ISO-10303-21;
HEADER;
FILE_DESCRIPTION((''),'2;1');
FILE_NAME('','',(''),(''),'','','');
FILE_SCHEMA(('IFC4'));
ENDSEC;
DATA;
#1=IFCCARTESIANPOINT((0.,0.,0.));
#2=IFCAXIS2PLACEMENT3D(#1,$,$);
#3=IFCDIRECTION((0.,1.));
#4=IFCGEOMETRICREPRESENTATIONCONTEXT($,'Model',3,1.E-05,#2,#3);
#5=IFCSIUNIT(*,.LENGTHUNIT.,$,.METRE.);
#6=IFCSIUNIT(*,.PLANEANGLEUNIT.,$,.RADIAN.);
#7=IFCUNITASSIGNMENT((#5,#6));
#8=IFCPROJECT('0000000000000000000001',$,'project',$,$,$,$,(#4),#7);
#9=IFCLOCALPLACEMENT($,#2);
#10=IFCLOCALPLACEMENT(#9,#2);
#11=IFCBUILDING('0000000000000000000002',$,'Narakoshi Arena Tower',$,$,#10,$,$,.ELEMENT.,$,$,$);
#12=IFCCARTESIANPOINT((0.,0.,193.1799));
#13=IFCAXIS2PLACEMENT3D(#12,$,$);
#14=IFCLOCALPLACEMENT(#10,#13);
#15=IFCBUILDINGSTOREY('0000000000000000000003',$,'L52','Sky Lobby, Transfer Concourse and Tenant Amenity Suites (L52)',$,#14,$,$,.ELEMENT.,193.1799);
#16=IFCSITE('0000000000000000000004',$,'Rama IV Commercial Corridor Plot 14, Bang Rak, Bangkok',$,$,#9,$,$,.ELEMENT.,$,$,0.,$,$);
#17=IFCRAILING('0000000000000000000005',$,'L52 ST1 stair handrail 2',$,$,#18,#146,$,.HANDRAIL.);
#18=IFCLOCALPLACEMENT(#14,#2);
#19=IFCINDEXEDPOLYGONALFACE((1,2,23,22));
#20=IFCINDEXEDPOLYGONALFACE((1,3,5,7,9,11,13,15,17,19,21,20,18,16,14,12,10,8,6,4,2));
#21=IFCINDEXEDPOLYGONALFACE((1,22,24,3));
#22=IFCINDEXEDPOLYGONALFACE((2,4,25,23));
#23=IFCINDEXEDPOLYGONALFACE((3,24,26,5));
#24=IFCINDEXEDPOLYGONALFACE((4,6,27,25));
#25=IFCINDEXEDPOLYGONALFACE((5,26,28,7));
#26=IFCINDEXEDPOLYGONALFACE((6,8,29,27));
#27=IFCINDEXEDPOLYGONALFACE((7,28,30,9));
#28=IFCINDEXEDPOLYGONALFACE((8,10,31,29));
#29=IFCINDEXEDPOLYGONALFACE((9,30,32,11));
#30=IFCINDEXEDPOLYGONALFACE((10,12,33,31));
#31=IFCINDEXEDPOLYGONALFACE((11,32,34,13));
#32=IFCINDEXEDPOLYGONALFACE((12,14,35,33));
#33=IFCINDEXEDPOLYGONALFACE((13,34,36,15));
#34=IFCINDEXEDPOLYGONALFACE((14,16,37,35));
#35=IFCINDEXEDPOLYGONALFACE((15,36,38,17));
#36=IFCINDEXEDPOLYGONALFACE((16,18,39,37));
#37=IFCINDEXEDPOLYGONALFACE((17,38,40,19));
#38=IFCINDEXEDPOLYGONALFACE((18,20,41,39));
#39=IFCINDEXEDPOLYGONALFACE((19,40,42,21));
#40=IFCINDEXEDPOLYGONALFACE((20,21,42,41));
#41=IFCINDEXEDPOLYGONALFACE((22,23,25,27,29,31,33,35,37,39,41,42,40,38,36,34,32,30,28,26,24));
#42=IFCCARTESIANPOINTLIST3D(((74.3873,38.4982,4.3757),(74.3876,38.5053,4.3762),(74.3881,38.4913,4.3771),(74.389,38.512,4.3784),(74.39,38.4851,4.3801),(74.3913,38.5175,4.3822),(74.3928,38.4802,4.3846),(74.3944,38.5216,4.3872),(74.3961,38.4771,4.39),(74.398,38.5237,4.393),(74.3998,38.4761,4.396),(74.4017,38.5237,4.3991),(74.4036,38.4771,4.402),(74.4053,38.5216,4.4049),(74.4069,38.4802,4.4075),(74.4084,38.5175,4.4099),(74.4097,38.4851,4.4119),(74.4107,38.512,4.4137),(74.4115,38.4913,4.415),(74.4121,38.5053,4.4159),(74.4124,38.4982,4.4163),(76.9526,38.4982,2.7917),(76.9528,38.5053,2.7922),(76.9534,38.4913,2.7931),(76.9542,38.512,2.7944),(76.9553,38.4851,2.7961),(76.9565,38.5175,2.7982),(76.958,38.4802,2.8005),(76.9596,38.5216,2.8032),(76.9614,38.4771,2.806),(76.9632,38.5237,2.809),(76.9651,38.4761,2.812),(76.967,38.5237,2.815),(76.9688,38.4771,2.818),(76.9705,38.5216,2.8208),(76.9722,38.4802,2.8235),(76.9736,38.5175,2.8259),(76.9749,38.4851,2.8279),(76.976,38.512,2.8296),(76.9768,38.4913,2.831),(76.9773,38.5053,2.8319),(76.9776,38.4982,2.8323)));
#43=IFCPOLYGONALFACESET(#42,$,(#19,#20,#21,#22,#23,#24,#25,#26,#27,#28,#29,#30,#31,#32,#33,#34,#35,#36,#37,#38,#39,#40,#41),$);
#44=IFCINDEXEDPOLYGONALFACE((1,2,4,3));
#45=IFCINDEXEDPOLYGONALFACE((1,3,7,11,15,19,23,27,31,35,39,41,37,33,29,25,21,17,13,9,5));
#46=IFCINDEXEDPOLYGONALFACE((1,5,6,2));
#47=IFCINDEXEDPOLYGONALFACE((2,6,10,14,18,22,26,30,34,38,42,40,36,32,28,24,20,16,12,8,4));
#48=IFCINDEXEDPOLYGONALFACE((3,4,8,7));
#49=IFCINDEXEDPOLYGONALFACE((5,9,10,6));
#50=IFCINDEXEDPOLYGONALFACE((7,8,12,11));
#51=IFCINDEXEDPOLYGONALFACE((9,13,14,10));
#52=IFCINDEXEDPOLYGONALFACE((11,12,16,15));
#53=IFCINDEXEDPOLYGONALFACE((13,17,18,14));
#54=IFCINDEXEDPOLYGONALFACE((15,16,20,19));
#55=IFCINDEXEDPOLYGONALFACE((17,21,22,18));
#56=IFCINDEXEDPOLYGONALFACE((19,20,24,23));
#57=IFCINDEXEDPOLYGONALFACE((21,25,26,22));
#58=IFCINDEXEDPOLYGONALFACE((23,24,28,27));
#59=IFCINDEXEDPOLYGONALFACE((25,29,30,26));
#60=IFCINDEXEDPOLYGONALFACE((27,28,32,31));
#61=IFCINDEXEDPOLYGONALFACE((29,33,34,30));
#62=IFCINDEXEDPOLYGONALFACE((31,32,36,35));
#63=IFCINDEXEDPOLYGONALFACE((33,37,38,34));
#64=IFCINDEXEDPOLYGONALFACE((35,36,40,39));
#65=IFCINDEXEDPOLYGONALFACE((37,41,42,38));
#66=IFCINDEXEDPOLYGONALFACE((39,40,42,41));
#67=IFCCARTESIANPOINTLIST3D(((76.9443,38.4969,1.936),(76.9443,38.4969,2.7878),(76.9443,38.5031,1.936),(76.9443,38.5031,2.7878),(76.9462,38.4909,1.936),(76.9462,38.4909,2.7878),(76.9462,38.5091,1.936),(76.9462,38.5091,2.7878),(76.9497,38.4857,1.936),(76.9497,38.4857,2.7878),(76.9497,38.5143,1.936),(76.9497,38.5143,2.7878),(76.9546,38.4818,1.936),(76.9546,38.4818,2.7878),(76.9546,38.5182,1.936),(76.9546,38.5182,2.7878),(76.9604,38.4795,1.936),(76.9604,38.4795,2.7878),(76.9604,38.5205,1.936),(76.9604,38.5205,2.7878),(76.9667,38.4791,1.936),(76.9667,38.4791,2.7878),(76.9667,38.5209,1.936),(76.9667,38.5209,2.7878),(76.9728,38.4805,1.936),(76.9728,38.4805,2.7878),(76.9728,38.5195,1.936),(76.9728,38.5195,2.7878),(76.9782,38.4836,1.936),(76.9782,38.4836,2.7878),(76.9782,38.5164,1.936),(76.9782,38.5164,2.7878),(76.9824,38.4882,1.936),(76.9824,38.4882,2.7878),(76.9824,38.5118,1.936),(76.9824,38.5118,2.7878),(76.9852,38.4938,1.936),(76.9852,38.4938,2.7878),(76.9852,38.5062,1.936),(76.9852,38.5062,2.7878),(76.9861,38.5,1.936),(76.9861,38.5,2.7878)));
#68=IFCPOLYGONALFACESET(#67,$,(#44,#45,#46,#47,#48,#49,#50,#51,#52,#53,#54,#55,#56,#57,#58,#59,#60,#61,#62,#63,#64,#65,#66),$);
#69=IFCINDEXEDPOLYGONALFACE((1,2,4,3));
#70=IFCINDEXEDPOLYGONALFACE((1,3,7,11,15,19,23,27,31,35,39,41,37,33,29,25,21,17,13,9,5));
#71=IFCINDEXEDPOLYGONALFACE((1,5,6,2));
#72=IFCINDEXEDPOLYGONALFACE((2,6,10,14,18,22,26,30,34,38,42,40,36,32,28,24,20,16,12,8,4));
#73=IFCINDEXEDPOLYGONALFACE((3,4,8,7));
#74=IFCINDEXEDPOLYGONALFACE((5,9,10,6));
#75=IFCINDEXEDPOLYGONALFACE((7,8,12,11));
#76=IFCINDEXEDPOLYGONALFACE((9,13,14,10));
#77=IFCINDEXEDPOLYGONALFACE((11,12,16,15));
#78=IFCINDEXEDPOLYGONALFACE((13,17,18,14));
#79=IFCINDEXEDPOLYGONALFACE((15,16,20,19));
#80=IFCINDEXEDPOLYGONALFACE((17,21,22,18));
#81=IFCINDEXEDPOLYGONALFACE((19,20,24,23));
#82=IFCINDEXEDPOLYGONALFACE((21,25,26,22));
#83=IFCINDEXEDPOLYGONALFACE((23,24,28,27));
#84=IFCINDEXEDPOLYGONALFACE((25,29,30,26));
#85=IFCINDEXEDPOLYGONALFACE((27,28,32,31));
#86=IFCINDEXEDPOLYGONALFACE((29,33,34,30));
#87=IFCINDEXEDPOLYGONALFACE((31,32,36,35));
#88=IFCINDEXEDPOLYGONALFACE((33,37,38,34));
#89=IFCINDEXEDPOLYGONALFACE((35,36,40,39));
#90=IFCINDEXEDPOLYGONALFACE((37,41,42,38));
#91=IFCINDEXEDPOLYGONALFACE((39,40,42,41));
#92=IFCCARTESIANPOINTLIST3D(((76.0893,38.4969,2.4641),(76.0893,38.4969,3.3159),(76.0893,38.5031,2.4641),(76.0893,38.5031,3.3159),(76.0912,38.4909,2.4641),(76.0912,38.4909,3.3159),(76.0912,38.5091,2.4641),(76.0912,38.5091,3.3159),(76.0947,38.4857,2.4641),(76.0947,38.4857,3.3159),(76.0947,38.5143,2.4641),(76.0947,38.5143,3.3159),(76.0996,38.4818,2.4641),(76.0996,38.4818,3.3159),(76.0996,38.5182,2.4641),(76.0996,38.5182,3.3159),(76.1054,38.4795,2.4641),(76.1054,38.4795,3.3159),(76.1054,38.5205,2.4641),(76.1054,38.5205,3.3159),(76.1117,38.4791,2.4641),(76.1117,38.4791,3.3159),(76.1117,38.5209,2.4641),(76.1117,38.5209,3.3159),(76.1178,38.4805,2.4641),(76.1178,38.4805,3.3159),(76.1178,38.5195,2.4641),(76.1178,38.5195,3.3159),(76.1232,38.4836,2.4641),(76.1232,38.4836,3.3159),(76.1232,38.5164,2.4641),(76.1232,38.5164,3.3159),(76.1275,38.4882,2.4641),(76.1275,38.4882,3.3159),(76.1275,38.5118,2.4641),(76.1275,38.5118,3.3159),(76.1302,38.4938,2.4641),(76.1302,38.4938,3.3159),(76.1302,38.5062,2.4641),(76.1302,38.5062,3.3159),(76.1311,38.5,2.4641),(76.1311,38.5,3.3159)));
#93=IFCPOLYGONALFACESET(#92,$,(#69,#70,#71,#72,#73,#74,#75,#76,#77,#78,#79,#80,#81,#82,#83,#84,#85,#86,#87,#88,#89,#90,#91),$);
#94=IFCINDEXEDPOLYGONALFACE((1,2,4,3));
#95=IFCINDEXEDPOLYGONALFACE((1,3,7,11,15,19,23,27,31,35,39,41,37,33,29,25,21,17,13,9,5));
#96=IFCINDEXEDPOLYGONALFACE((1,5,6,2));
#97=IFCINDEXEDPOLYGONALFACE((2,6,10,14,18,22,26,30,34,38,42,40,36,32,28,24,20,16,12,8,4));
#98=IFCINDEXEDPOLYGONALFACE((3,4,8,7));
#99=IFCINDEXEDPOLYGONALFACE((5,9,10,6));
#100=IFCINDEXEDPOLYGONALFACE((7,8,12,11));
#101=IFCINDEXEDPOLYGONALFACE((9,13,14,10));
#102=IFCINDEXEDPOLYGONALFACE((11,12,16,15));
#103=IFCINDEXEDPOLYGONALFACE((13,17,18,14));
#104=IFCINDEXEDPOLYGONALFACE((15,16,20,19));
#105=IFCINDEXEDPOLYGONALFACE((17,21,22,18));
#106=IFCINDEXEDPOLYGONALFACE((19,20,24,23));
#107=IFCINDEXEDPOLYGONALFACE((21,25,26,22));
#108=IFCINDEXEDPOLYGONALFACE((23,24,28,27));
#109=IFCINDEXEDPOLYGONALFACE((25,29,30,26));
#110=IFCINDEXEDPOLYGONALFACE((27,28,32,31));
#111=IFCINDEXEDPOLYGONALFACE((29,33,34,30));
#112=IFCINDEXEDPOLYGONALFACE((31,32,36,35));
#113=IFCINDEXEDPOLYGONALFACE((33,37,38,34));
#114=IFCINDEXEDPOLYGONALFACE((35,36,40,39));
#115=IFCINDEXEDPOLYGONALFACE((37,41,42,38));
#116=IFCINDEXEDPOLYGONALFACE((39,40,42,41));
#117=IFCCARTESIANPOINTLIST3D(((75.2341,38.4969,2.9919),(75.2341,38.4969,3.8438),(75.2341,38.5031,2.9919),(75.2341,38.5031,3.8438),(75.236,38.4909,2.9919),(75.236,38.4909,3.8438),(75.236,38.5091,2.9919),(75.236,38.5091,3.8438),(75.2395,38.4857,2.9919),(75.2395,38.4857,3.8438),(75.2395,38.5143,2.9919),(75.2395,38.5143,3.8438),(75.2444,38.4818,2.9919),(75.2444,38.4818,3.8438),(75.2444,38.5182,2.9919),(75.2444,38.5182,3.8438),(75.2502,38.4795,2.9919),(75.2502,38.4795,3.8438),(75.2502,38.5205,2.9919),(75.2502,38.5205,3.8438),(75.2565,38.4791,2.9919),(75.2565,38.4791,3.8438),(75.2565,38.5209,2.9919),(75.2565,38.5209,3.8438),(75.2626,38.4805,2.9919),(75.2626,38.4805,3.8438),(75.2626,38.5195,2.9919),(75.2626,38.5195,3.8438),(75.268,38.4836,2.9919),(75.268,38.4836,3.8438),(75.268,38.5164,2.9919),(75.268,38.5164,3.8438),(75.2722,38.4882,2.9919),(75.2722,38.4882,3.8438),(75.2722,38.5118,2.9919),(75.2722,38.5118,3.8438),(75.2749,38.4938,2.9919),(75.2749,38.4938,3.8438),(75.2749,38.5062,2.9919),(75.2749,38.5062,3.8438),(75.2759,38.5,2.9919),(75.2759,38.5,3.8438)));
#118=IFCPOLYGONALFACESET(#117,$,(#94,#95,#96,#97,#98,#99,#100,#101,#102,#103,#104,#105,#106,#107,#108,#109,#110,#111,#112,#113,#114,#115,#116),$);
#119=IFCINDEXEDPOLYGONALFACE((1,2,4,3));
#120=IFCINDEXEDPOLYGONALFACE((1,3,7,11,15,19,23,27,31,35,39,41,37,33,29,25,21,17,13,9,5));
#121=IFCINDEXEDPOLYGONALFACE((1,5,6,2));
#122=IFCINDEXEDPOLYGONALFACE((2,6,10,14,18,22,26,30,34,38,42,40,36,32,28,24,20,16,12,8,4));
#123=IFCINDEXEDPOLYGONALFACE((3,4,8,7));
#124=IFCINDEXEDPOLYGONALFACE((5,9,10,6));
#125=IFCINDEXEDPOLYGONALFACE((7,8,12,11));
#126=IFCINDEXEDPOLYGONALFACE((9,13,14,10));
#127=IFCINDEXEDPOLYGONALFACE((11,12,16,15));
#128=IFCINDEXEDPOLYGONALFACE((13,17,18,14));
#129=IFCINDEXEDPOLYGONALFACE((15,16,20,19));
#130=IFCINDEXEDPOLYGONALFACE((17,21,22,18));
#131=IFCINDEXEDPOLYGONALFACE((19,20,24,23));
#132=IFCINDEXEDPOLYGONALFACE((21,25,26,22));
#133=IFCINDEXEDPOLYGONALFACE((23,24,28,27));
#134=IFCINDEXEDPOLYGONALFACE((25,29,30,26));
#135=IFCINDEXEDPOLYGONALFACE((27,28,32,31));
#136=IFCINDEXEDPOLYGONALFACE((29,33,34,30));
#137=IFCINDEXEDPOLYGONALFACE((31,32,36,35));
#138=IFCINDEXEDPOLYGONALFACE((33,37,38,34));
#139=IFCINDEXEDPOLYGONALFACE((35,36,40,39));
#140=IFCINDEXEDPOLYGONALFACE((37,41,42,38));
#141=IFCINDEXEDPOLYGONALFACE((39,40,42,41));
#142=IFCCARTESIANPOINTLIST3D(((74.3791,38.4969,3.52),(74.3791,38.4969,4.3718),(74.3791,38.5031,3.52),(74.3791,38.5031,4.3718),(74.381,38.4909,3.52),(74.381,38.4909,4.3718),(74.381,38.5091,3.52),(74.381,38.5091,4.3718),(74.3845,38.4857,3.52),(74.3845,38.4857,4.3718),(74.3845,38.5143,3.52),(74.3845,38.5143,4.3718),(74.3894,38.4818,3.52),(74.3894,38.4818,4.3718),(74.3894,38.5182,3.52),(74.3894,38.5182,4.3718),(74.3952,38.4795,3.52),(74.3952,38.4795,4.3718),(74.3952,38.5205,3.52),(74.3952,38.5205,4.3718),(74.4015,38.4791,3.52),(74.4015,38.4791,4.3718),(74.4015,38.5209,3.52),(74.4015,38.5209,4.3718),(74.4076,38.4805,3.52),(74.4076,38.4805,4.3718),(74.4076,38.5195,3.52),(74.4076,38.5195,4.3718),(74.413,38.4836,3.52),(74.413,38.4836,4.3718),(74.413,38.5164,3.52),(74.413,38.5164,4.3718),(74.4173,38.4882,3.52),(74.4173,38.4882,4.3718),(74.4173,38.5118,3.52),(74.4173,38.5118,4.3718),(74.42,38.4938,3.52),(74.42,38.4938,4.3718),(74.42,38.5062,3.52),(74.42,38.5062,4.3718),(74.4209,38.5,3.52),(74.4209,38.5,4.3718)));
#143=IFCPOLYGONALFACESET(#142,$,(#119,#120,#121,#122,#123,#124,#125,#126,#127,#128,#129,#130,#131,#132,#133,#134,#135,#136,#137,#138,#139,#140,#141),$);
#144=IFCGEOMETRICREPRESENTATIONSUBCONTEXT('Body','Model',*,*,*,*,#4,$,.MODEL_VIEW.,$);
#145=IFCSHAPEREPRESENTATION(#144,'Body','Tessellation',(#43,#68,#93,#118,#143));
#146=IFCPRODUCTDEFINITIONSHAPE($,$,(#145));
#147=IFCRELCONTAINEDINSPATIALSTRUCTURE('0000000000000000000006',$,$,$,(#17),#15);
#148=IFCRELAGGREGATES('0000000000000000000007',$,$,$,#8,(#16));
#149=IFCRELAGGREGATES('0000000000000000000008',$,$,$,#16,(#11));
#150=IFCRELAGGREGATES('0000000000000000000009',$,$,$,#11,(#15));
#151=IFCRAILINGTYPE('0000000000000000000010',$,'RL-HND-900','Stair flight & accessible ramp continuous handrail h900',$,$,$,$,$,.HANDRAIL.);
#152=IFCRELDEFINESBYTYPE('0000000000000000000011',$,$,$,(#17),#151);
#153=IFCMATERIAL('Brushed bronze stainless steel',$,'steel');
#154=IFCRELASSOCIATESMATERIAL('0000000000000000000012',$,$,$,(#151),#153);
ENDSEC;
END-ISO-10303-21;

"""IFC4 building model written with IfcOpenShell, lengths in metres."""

from ifc_helpers import new_model, si_unit, direction, frame, origin, origin_2d, place, context, subcontext, project, spatial, circle, extrude, material, type_object, element, save


model = new_model("IFC4")

# Units and contexts
model_context = context("Model", 3, precision=1e-05, world=origin(), true_north=direction((0.0, 1.0)))
body_context = subcontext(model_context, "Body", "Model", "MODEL_VIEW")
ifc_project = project(units=[si_unit("LENGTHUNIT", "METRE"), si_unit("PLANEANGLEUNIT", "RADIAN")], contexts=[model_context])

# Site, building, storey
site_placement = place(None, origin())
site = spatial("IfcSite", under=ifc_project, at=site_placement, Name="Rama IV Commercial Corridor Plot 14, Bang Rak, Bangkok", CompositionType="ELEMENT", RefElevation=0.0)
building_placement = place(site_placement, origin())
building = spatial("IfcBuilding", under=site, at=building_placement, Name="Narakoshi Arena Tower", CompositionType="ELEMENT")
storey_placement = place(building_placement, frame((0.0, 0.0, 193.1799)))
storey = spatial("IfcBuildingStorey", under=building, at=storey_placement, Name="L52", Description="Sky Lobby, Transfer Concourse and Tenant Amenity Suites (L52)", CompositionType="ELEMENT", Elevation=193.1799)

# Railing
ifc_material_1 = material(Name="Brushed bronze stainless steel", Category="steel")
railing_type_1 = type_object("IfcRailingType", Name="RL-HND-900", Description="Stair flight & accessible ramp continuous handrail h900", PredefinedType="HANDRAIL", material=ifc_material_1)
railing_1_placement = place(storey_placement, frame((76.9651, 38.5, 1.936)))
element("IfcRailing", 1, at=railing_1_placement, inside=storey, type_object=railing_type_1, Name="L52 ST1 stair handrail 2", PredefinedType="HANDRAIL", context=body_context, shape_type="SweptSolid", body=[
    extrude(circle(Radius=0.0239, at=origin_2d()), frame((0.0, 0.0, 0.876), z_axis=(-0.850857, 0.0, 0.525398), x_axis=(0.0, -1.0, 0.0)), (0.0, 0.0, 1.0), 3.0149),
    extrude(circle(Radius=0.021, at=origin_2d()), origin(), (0.0, 0.0, 1.0), 0.8518),
    extrude(circle(Radius=0.021, at=origin_2d()), frame((-0.855, 0.0, 0.5281)), (0.0, 0.0, 1.0), 0.8518),
    extrude(circle(Radius=0.021, at=origin_2d()), frame((-1.7102, 0.0, 1.0559)), (0.0, 0.0, 1.0), 0.8518),
    extrude(circle(Radius=0.021, at=origin_2d()), frame((-2.5652, 0.0, 1.584)), (0.0, 0.0, 1.0), 0.8518),
])

save(model, "model.ifc")
